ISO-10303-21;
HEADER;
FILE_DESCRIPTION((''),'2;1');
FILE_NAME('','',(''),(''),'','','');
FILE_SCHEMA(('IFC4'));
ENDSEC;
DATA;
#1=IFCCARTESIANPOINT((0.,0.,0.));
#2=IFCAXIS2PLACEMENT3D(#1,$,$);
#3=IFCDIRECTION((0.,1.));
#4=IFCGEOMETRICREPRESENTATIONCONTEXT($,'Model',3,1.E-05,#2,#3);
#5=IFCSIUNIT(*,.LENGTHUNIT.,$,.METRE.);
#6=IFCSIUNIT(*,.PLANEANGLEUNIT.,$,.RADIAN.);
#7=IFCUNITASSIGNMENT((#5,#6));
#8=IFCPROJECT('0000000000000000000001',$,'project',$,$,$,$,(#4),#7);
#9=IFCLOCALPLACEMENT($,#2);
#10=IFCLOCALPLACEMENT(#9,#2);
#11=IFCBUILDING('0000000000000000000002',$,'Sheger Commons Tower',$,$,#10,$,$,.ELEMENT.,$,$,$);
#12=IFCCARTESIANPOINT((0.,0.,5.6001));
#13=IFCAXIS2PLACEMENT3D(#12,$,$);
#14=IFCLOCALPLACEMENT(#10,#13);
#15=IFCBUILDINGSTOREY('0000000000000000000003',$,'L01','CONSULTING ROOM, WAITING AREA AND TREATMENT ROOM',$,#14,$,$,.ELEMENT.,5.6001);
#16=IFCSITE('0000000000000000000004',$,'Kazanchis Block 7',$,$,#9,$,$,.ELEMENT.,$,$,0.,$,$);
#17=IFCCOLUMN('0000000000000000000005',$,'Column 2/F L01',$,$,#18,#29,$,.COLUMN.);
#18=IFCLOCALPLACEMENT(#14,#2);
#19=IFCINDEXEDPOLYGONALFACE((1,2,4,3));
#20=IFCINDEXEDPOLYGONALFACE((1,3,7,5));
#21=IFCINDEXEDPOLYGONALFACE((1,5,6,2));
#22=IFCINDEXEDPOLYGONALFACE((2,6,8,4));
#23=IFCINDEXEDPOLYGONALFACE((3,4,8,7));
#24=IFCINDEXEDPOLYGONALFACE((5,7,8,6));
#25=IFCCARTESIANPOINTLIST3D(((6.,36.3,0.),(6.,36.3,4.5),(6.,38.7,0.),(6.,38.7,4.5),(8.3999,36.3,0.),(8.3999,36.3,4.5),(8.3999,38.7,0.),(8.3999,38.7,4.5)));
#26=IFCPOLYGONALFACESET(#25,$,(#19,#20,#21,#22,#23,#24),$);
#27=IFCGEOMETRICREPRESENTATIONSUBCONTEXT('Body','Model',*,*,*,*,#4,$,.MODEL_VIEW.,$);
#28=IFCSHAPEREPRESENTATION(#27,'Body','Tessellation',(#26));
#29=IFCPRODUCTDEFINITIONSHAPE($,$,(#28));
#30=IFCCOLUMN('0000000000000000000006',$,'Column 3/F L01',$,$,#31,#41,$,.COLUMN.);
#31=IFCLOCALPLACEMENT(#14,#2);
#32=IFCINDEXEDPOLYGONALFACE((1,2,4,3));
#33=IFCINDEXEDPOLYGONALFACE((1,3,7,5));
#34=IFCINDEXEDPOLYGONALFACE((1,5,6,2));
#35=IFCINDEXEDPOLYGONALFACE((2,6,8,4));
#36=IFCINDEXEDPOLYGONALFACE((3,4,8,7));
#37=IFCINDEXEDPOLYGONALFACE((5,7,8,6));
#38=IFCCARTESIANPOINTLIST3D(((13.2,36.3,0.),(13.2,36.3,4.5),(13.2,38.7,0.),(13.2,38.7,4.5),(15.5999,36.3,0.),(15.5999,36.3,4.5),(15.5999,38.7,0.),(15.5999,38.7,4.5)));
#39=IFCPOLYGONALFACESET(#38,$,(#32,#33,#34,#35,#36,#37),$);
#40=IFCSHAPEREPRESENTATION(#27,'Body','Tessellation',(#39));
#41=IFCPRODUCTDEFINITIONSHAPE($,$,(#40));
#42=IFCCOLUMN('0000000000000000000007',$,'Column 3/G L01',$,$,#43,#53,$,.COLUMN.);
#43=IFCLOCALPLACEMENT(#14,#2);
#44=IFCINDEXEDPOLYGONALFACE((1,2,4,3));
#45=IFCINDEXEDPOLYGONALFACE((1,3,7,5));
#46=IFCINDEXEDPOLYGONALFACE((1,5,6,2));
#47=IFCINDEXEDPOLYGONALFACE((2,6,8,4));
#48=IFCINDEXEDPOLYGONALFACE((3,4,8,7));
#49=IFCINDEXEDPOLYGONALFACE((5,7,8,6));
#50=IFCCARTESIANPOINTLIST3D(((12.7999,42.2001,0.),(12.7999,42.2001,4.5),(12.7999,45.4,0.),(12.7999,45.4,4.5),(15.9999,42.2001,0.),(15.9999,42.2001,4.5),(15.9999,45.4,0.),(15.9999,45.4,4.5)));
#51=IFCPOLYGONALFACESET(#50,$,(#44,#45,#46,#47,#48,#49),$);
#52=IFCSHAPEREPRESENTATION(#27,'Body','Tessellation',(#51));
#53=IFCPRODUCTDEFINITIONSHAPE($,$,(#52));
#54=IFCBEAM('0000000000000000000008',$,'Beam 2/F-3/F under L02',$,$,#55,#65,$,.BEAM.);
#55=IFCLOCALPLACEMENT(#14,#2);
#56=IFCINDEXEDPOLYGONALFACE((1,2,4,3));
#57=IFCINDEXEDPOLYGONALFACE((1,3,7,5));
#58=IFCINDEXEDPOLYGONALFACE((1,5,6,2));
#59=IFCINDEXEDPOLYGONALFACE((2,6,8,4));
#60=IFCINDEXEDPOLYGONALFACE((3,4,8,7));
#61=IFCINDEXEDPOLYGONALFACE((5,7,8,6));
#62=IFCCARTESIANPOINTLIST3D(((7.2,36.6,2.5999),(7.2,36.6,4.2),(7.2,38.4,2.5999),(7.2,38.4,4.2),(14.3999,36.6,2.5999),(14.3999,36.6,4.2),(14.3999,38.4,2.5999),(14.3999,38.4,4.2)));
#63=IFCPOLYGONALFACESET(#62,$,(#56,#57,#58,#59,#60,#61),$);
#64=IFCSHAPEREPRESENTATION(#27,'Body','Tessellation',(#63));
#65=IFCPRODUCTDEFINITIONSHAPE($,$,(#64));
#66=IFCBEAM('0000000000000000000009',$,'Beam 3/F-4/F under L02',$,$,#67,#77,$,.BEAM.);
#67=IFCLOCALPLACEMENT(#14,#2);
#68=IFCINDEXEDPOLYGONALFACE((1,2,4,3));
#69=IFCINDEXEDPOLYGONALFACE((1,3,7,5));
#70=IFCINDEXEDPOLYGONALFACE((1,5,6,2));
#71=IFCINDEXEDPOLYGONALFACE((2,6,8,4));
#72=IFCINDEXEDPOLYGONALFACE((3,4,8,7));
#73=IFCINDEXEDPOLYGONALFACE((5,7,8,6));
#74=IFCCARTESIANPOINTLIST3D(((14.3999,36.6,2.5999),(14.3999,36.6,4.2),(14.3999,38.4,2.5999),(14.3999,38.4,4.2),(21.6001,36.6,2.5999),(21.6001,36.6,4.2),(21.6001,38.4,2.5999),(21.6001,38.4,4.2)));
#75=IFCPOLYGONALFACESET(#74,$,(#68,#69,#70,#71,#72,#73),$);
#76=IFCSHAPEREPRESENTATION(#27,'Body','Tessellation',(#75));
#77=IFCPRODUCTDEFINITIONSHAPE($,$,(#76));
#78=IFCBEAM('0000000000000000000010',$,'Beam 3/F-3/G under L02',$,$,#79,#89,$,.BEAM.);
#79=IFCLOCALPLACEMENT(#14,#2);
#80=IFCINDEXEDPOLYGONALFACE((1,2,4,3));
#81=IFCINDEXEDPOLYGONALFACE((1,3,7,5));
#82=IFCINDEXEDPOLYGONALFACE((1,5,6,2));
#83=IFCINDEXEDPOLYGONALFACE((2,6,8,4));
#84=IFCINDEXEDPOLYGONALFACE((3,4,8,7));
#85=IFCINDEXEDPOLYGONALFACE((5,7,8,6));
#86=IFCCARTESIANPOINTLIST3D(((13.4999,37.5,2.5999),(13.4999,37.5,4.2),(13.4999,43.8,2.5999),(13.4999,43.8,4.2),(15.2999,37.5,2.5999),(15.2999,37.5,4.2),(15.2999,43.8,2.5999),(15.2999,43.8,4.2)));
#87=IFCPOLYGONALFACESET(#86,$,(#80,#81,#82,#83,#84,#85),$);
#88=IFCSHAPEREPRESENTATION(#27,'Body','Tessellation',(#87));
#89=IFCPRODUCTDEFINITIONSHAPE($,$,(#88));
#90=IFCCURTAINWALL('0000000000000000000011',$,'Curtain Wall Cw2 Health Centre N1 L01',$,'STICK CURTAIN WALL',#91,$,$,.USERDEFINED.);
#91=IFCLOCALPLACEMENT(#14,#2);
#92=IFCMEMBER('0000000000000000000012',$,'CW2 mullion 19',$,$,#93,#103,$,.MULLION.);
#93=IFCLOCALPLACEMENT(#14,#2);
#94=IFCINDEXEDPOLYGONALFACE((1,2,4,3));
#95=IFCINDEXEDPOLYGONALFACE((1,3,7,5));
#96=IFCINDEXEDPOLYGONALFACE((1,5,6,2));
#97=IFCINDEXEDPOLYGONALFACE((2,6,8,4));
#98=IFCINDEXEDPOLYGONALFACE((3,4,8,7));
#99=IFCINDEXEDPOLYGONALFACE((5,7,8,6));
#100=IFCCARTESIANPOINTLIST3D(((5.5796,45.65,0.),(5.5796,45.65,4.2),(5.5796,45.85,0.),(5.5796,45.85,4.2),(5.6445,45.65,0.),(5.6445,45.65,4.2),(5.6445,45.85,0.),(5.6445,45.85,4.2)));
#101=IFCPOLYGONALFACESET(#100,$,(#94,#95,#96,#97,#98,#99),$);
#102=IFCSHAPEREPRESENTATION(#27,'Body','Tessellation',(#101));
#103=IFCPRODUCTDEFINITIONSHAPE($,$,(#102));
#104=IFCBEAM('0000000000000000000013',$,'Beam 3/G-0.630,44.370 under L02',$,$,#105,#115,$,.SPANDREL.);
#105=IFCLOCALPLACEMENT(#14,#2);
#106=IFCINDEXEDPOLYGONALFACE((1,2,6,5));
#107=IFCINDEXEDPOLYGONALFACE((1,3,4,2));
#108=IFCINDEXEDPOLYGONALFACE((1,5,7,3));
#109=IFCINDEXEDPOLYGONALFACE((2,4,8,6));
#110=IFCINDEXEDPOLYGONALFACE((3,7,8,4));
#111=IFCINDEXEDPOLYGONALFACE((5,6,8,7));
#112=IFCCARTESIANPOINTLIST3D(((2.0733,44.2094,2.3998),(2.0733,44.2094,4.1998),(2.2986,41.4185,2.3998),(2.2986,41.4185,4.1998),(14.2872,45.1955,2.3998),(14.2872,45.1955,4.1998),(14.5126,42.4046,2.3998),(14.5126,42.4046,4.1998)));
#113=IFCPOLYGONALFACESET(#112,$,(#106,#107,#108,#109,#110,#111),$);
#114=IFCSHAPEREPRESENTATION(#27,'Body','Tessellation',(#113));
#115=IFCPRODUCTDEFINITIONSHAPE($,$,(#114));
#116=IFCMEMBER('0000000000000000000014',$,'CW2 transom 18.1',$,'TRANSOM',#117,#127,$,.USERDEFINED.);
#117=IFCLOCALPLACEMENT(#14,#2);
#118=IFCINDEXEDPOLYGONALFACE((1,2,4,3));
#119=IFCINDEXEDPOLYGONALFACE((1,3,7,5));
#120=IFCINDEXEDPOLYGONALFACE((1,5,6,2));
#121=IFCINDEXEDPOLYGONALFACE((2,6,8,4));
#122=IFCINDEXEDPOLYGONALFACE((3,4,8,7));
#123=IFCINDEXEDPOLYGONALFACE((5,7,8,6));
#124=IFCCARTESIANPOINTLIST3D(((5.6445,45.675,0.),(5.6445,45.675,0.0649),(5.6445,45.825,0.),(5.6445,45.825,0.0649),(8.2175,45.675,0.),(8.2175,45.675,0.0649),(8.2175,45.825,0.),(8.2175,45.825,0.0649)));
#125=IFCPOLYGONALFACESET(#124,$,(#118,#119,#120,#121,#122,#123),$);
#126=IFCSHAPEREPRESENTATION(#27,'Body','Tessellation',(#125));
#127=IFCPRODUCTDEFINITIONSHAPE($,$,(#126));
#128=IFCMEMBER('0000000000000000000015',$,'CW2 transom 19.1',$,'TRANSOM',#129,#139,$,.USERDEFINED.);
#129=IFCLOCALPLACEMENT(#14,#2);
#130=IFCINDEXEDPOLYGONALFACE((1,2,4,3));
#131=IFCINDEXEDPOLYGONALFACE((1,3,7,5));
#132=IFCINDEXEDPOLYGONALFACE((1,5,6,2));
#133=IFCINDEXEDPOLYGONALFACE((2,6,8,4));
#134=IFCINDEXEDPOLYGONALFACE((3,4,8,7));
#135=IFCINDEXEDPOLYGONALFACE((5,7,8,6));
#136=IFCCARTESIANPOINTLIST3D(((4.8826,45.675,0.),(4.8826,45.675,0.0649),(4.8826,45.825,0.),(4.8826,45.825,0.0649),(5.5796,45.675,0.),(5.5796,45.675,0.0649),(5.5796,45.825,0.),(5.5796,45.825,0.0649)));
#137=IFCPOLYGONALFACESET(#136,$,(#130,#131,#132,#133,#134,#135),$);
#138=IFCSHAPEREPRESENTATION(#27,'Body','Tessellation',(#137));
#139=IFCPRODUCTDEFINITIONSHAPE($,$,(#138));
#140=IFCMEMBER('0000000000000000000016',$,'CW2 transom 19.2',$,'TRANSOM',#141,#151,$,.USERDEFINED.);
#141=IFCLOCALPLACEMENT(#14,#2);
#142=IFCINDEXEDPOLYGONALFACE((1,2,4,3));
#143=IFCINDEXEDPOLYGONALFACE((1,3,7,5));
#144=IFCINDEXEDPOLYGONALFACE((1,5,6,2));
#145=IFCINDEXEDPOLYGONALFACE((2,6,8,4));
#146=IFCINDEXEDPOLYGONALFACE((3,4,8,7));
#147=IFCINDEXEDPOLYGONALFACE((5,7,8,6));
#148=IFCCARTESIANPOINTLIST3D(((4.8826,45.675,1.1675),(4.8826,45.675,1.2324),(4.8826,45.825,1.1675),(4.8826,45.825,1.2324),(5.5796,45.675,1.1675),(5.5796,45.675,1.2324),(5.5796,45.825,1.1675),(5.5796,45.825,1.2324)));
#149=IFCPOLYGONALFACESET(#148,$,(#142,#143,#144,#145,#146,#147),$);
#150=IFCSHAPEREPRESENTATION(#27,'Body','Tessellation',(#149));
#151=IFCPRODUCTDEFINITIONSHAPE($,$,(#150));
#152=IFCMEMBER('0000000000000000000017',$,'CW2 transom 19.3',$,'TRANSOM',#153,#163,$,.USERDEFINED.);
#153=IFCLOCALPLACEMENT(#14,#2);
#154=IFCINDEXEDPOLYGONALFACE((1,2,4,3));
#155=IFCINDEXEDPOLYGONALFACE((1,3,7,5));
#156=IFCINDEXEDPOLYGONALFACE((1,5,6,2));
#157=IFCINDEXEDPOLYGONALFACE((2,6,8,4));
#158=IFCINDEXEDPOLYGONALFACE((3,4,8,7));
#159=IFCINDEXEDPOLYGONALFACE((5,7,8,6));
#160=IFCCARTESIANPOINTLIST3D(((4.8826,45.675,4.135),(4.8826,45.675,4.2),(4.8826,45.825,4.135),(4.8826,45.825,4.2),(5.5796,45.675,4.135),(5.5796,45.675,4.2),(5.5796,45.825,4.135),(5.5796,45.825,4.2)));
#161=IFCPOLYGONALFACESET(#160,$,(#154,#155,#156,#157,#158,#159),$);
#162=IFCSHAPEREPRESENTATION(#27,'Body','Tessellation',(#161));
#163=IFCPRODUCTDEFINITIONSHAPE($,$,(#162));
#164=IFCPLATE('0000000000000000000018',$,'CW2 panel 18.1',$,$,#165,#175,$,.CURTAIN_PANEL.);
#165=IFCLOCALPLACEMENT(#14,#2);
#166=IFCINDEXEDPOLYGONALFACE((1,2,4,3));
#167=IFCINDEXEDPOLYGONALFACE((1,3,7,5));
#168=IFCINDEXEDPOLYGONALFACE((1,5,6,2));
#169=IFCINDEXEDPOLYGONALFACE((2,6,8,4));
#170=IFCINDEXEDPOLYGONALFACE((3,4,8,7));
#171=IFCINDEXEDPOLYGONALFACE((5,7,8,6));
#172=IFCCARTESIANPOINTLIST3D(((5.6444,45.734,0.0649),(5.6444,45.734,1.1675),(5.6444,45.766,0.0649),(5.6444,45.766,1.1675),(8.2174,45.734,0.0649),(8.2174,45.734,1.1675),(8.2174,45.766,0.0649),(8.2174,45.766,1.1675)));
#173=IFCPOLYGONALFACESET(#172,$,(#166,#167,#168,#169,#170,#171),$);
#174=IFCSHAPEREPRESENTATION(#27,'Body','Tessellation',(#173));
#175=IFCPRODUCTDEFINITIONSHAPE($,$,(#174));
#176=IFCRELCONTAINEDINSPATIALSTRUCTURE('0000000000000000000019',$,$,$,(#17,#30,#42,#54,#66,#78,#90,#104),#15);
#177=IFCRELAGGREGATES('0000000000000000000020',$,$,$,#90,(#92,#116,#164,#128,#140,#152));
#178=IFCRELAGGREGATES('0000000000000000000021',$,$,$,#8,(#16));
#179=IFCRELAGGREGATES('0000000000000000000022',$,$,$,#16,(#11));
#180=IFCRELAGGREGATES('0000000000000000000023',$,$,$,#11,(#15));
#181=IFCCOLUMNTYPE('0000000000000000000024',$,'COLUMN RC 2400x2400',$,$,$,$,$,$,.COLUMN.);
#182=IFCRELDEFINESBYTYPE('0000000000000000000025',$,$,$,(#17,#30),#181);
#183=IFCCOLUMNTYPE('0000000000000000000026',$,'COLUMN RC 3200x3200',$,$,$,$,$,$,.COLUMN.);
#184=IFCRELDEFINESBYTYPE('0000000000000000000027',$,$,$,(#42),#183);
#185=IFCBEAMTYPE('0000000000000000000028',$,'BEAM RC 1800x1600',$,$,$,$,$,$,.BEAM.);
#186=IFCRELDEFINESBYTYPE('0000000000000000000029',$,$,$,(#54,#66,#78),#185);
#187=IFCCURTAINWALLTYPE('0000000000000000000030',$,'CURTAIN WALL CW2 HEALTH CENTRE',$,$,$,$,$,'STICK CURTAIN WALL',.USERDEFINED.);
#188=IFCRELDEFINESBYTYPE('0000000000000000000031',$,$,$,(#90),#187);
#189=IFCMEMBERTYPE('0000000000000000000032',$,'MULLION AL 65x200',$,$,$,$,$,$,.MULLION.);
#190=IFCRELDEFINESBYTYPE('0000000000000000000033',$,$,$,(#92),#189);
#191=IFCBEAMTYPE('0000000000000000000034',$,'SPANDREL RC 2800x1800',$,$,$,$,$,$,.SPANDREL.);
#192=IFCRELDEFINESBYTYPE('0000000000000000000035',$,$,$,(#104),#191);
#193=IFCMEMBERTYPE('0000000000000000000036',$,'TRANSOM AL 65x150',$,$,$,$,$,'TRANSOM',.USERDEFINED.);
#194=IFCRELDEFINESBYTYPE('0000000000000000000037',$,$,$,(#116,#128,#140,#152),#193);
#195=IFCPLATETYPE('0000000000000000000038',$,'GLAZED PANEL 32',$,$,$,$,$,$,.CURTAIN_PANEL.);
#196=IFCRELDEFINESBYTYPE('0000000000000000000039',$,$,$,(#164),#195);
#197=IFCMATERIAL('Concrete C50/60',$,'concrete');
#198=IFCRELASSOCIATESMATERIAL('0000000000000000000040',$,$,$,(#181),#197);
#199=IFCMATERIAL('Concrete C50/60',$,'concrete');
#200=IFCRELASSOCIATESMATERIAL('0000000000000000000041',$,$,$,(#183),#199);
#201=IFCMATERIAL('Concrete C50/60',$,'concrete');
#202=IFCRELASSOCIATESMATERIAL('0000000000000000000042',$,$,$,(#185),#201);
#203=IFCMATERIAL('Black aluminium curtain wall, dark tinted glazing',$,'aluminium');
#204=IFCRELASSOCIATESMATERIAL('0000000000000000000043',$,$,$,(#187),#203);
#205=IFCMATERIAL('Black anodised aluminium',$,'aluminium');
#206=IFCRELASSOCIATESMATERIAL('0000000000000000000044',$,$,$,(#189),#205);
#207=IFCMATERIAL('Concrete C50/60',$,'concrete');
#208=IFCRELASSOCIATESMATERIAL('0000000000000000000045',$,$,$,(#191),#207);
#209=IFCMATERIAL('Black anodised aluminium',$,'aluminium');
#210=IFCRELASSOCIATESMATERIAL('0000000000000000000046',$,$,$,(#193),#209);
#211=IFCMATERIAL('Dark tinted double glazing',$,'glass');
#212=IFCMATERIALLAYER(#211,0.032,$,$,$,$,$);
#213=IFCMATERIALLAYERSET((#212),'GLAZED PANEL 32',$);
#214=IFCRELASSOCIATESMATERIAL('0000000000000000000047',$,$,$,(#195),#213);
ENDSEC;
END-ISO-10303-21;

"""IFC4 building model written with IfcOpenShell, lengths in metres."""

from ifc_helpers import new_model, si_unit, direction, frame, origin, origin_2d, place, context, subcontext, project, spatial, rectangle, extrude, material, layer, layer_set, material_profile, profile_set, type_object, element, aggregate, save


model = new_model("IFC4")

# Units and contexts
model_context = context("Model", 3, precision=1e-05, world=origin(), true_north=direction((0.0, 1.0)))
body_context = subcontext(model_context, "Body", "Model", "MODEL_VIEW")
ifc_project = project(units=[si_unit("LENGTHUNIT", "METRE"), si_unit("PLANEANGLEUNIT", "RADIAN")], contexts=[model_context])

# Site, building, storey
site_placement = place(None, origin())
site = spatial("IfcSite", under=ifc_project, at=site_placement, Name="Kazanchis Block 7", CompositionType="ELEMENT", RefElevation=0.0)
building_placement = place(site_placement, origin())
building = spatial("IfcBuilding", under=site, at=building_placement, Name="Sheger Commons Tower", CompositionType="ELEMENT")
storey_placement = place(building_placement, frame((0.0, 0.0, 5.6001)))
storey = spatial("IfcBuildingStorey", under=building, at=storey_placement, Name="L01", Description="CONSULTING ROOM, WAITING AREA AND TREATMENT ROOM", CompositionType="ELEMENT", Elevation=5.6001)

# Columns
ifc_material_1 = material(Name="Concrete C50/60", Category="concrete")
ifc_material_profile_1 = material_profile(ifc_material_1, rectangle(XDim=2.3999, YDim=2.3999, at=origin_2d()), Name="RC 2400x2400")
ifc_profile_set_1 = profile_set([ifc_material_profile_1], Name="Concrete C50/60")
column_type_1 = type_object("IfcColumnType", Name="COLUMN RC 2400x2400", PredefinedType="COLUMN", material=ifc_profile_set_1)
for number, where, z_axis, x_axis, name in (
    (1, (7.2, 37.5, 0.0), (0.0, 0.0, 1.0), (1.0, 0.0, 0.0), "Column 2/F L01"),
    (2, (14.3999, 37.5, 0.0), (0.0, 0.0, 1.0), (1.0, 0.0, 0.0), "Column 3/F L01"),
):
    element("IfcColumn", number, at=place(storey_placement, frame(where, z_axis=z_axis, x_axis=x_axis)), inside=storey, type_object=column_type_1, Name=name, PredefinedType="COLUMN", context=body_context, shape_type="SweptSolid", body=[
        extrude(rectangle(XDim=2.3999, YDim=2.3999, at=origin_2d()), origin(), (0.0, 0.0, 1.0), 4.5),
    ])
ifc_material_2 = material(Name="Concrete C50/60", Category="concrete")
ifc_material_profile_2 = material_profile(ifc_material_2, rectangle(XDim=3.2, YDim=3.2, at=origin_2d()), Name="RC 3200x3200")
ifc_profile_set_2 = profile_set([ifc_material_profile_2], Name="Concrete C50/60")
column_type_2 = type_object("IfcColumnType", Name="COLUMN RC 3200x3200", PredefinedType="COLUMN", material=ifc_profile_set_2)
column_placement = place(storey_placement, frame((14.3999, 43.8, 0.0), z_axis=(0.0, 0.0, 1.0), x_axis=(1.0, 0.0, 0.0)))
element("IfcColumn", 3, at=column_placement, inside=storey, type_object=column_type_2, Name="Column 3/G L01", PredefinedType="COLUMN", context=body_context, shape_type="SweptSolid", body=[
    extrude(rectangle(XDim=3.2, YDim=3.2, at=origin_2d()), origin(), (0.0, 0.0, 1.0), 4.5),
])

# Beams
ifc_material_3 = material(Name="Concrete C50/60", Category="concrete")
ifc_material_profile_3 = material_profile(ifc_material_3, rectangle(XDim=1.8, YDim=1.6001, at=origin_2d()), Name="RC 1800x1600")
ifc_profile_set_3 = profile_set([ifc_material_profile_3], Name="Concrete C50/60")
beam_type_1 = type_object("IfcBeamType", Name="BEAM RC 1800x1600", PredefinedType="BEAM", material=ifc_profile_set_3)
beam_1_placement = place(storey_placement, frame((7.2, 37.5, 3.3999), z_axis=(1.0, 0.0, 0.0), x_axis=(0.0, 1.0, 0.0)))
element("IfcBeam", 4, at=beam_1_placement, inside=storey, type_object=beam_type_1, Name="Beam 2/F-3/F under L02", PredefinedType="BEAM", context=body_context, shape_type="SweptSolid", body=[
    extrude(rectangle(XDim=1.8, YDim=1.6001, at=origin_2d()), origin(), (0.0, 0.0, 1.0), 7.2),
])
beam_2_placement = place(storey_placement, frame((14.3999, 37.5, 3.3999), z_axis=(1.0, 0.0, 0.0), x_axis=(0.0, 1.0, 0.0)))
element("IfcBeam", 5, at=beam_2_placement, inside=storey, type_object=beam_type_1, Name="Beam 3/F-4/F under L02", PredefinedType="BEAM", context=body_context, shape_type="SweptSolid", body=[
    extrude(rectangle(XDim=1.8, YDim=1.6001, at=origin_2d()), origin(), (0.0, 0.0, 1.0), 7.2002),
])
beam_3_placement = place(storey_placement, frame((14.3999, 37.5, 3.3999), z_axis=(0.0, 1.0, 0.0), x_axis=(-1.0, 0.0, 0.0)))
element("IfcBeam", 6, at=beam_3_placement, inside=storey, type_object=beam_type_1, Name="Beam 3/F-3/G under L02", PredefinedType="BEAM", context=body_context, shape_type="SweptSolid", body=[
    extrude(rectangle(XDim=1.8, YDim=1.6001, at=origin_2d()), origin(), (0.0, 0.0, 1.0), 6.3),
])

# Curtain wall, member
ifc_material_4 = material(Name="Black aluminium curtain wall, dark tinted glazing", Category="aluminium")
curtain_wall_type = type_object("IfcCurtainWallType", Name="CURTAIN WALL CW2 HEALTH CENTRE", ElementType="STICK CURTAIN WALL", PredefinedType="USERDEFINED", material=ifc_material_4)
curtain_wall_placement = place(storey_placement, origin())
curtain_wall = element("IfcCurtainWall", 7, at=curtain_wall_placement, inside=storey, type_object=curtain_wall_type, Name="Curtain Wall Cw2 Health Centre N1 L01", ObjectType="STICK CURTAIN WALL", PredefinedType="USERDEFINED")
ifc_material_5 = material(Name="Black anodised aluminium", Category="aluminium")
ifc_material_profile_4 = material_profile(ifc_material_5, rectangle(XDim=0.2, YDim=0.0649, at=origin_2d()), Name="AL 65x200")
ifc_profile_set_4 = profile_set([ifc_material_profile_4], Name="Black anodised aluminium")
member_type_1 = type_object("IfcMemberType", Name="MULLION AL 65x200", PredefinedType="MULLION", material=ifc_profile_set_4)
member_1_placement = place(storey_placement, frame((5.6121, 45.75, 0.0), z_axis=(0.0, 0.0, 1.0), x_axis=(0.0, -1.0, 0.0)))
member_1 = element("IfcMember", 8, at=member_1_placement, type_object=member_type_1, Name="CW2 mullion 19", PredefinedType="MULLION", context=body_context, shape_type="SweptSolid", body=[
    extrude(rectangle(XDim=0.2, YDim=0.0649, at=origin_2d()), origin(), (0.0, 0.0, 1.0), 4.2),
])

# Beam
ifc_material_6 = material(Name="Concrete C50/60", Category="concrete")
ifc_material_profile_5 = material_profile(ifc_material_6, rectangle(XDim=2.8, YDim=1.8, at=origin_2d()), Name="RC 2800x1800")
ifc_profile_set_5 = profile_set([ifc_material_profile_5], Name="Concrete C50/60")
beam_type_2 = type_object("IfcBeamType", Name="SPANDREL RC 2800x1800", PredefinedType="SPANDREL", material=ifc_profile_set_5)
beam_4_placement = place(storey_placement, frame((14.3999, 43.8, 3.2998), z_axis=(-0.996757, -0.080473, 0.0), x_axis=(0.080473, -0.996757, 0.0)))
element("IfcBeam", 9, at=beam_4_placement, inside=storey, type_object=beam_type_2, Name="Beam 3/G-0.630,44.370 under L02", PredefinedType="SPANDREL", context=body_context, shape_type="SweptSolid", body=[
    extrude(rectangle(XDim=2.8, YDim=1.8, at=origin_2d()), origin(), (0.0, 0.0, 1.0), 12.2537),
])

# Members
ifc_material_7 = material(Name="Black anodised aluminium", Category="aluminium")
ifc_material_profile_6 = material_profile(ifc_material_7, rectangle(XDim=0.1499, YDim=0.0649, at=origin_2d()), Name="AL 65x150")
ifc_profile_set_6 = profile_set([ifc_material_profile_6], Name="Black anodised aluminium")
member_type_2 = type_object("IfcMemberType", Name="TRANSOM AL 65x150", ElementType="TRANSOM", PredefinedType="USERDEFINED", material=ifc_profile_set_6)
member_2_placement = place(storey_placement, frame((8.2175, 45.75, 0.0325), z_axis=(-1.0, 0.0, 0.0), x_axis=(0.0, -1.0, 0.0)))
member_2 = element("IfcMember", 10, at=member_2_placement, type_object=member_type_2, Name="CW2 transom 18.1", ObjectType="TRANSOM", PredefinedType="USERDEFINED", context=body_context, shape_type="SweptSolid", body=[
    extrude(rectangle(XDim=0.1499, YDim=0.0649, at=origin_2d()), origin(), (0.0, 0.0, 1.0), 2.573),
])
member_3_placement = place(storey_placement, frame((5.5796, 45.75, 0.0325), z_axis=(-1.0, 0.0, 0.0), x_axis=(0.0, -1.0, 0.0)))
member_3 = element("IfcMember", 11, at=member_3_placement, type_object=member_type_2, Name="CW2 transom 19.1", ObjectType="TRANSOM", PredefinedType="USERDEFINED", context=body_context, shape_type="SweptSolid", body=[
    extrude(rectangle(XDim=0.1499, YDim=0.0649, at=origin_2d()), origin(), (0.0, 0.0, 1.0), 0.697),
])
member_4_placement = place(storey_placement, frame((5.5796, 45.75, 1.2), z_axis=(-1.0, 0.0, 0.0), x_axis=(0.0, -1.0, 0.0)))
member_4 = element("IfcMember", 12, at=member_4_placement, type_object=member_type_2, Name="CW2 transom 19.2", ObjectType="TRANSOM", PredefinedType="USERDEFINED", context=body_context, shape_type="SweptSolid", body=[
    extrude(rectangle(XDim=0.1499, YDim=0.0649, at=origin_2d()), origin(), (0.0, 0.0, 1.0), 0.697),
])
member_5_placement = place(storey_placement, frame((5.5796, 45.75, 4.1675), z_axis=(-1.0, 0.0, 0.0), x_axis=(0.0, -1.0, 0.0)))
member_5 = element("IfcMember", 13, at=member_5_placement, type_object=member_type_2, Name="CW2 transom 19.3", ObjectType="TRANSOM", PredefinedType="USERDEFINED", context=body_context, shape_type="SweptSolid", body=[
    extrude(rectangle(XDim=0.1499, YDim=0.0649, at=origin_2d()), origin(), (0.0, 0.0, 1.0), 0.697),
])

# Plate
ifc_material_8 = material(Name="Dark tinted double glazing", Category="glass")
ifc_layer_1 = layer(ifc_material_8, 0.032)
ifc_layer_set_1 = layer_set([ifc_layer_1], Name="GLAZED PANEL 32")
plate_type = type_object("IfcPlateType", Name="GLAZED PANEL 32", PredefinedType="CURTAIN_PANEL", material=ifc_layer_set_1)
plate_1_placement = place(storey_placement, frame((6.9309, 45.75, 0.0649), z_axis=(0.0, 0.0, 1.0), x_axis=(-1.0, 0.0, 0.0)))
plate_1 = element("IfcPlate", 14, at=plate_1_placement, type_object=plate_type, Name="CW2 panel 18.1", PredefinedType="CURTAIN_PANEL", context=body_context, shape_type="SweptSolid", body=[
    extrude(rectangle(XDim=2.573, YDim=0.032, at=origin_2d()), origin(), (0.0, 0.0, 1.0), 1.1025),
])
aggregate(curtain_wall, [member_1, member_2, plate_1, member_3, member_4, member_5])

save(model, "model.ifc")
